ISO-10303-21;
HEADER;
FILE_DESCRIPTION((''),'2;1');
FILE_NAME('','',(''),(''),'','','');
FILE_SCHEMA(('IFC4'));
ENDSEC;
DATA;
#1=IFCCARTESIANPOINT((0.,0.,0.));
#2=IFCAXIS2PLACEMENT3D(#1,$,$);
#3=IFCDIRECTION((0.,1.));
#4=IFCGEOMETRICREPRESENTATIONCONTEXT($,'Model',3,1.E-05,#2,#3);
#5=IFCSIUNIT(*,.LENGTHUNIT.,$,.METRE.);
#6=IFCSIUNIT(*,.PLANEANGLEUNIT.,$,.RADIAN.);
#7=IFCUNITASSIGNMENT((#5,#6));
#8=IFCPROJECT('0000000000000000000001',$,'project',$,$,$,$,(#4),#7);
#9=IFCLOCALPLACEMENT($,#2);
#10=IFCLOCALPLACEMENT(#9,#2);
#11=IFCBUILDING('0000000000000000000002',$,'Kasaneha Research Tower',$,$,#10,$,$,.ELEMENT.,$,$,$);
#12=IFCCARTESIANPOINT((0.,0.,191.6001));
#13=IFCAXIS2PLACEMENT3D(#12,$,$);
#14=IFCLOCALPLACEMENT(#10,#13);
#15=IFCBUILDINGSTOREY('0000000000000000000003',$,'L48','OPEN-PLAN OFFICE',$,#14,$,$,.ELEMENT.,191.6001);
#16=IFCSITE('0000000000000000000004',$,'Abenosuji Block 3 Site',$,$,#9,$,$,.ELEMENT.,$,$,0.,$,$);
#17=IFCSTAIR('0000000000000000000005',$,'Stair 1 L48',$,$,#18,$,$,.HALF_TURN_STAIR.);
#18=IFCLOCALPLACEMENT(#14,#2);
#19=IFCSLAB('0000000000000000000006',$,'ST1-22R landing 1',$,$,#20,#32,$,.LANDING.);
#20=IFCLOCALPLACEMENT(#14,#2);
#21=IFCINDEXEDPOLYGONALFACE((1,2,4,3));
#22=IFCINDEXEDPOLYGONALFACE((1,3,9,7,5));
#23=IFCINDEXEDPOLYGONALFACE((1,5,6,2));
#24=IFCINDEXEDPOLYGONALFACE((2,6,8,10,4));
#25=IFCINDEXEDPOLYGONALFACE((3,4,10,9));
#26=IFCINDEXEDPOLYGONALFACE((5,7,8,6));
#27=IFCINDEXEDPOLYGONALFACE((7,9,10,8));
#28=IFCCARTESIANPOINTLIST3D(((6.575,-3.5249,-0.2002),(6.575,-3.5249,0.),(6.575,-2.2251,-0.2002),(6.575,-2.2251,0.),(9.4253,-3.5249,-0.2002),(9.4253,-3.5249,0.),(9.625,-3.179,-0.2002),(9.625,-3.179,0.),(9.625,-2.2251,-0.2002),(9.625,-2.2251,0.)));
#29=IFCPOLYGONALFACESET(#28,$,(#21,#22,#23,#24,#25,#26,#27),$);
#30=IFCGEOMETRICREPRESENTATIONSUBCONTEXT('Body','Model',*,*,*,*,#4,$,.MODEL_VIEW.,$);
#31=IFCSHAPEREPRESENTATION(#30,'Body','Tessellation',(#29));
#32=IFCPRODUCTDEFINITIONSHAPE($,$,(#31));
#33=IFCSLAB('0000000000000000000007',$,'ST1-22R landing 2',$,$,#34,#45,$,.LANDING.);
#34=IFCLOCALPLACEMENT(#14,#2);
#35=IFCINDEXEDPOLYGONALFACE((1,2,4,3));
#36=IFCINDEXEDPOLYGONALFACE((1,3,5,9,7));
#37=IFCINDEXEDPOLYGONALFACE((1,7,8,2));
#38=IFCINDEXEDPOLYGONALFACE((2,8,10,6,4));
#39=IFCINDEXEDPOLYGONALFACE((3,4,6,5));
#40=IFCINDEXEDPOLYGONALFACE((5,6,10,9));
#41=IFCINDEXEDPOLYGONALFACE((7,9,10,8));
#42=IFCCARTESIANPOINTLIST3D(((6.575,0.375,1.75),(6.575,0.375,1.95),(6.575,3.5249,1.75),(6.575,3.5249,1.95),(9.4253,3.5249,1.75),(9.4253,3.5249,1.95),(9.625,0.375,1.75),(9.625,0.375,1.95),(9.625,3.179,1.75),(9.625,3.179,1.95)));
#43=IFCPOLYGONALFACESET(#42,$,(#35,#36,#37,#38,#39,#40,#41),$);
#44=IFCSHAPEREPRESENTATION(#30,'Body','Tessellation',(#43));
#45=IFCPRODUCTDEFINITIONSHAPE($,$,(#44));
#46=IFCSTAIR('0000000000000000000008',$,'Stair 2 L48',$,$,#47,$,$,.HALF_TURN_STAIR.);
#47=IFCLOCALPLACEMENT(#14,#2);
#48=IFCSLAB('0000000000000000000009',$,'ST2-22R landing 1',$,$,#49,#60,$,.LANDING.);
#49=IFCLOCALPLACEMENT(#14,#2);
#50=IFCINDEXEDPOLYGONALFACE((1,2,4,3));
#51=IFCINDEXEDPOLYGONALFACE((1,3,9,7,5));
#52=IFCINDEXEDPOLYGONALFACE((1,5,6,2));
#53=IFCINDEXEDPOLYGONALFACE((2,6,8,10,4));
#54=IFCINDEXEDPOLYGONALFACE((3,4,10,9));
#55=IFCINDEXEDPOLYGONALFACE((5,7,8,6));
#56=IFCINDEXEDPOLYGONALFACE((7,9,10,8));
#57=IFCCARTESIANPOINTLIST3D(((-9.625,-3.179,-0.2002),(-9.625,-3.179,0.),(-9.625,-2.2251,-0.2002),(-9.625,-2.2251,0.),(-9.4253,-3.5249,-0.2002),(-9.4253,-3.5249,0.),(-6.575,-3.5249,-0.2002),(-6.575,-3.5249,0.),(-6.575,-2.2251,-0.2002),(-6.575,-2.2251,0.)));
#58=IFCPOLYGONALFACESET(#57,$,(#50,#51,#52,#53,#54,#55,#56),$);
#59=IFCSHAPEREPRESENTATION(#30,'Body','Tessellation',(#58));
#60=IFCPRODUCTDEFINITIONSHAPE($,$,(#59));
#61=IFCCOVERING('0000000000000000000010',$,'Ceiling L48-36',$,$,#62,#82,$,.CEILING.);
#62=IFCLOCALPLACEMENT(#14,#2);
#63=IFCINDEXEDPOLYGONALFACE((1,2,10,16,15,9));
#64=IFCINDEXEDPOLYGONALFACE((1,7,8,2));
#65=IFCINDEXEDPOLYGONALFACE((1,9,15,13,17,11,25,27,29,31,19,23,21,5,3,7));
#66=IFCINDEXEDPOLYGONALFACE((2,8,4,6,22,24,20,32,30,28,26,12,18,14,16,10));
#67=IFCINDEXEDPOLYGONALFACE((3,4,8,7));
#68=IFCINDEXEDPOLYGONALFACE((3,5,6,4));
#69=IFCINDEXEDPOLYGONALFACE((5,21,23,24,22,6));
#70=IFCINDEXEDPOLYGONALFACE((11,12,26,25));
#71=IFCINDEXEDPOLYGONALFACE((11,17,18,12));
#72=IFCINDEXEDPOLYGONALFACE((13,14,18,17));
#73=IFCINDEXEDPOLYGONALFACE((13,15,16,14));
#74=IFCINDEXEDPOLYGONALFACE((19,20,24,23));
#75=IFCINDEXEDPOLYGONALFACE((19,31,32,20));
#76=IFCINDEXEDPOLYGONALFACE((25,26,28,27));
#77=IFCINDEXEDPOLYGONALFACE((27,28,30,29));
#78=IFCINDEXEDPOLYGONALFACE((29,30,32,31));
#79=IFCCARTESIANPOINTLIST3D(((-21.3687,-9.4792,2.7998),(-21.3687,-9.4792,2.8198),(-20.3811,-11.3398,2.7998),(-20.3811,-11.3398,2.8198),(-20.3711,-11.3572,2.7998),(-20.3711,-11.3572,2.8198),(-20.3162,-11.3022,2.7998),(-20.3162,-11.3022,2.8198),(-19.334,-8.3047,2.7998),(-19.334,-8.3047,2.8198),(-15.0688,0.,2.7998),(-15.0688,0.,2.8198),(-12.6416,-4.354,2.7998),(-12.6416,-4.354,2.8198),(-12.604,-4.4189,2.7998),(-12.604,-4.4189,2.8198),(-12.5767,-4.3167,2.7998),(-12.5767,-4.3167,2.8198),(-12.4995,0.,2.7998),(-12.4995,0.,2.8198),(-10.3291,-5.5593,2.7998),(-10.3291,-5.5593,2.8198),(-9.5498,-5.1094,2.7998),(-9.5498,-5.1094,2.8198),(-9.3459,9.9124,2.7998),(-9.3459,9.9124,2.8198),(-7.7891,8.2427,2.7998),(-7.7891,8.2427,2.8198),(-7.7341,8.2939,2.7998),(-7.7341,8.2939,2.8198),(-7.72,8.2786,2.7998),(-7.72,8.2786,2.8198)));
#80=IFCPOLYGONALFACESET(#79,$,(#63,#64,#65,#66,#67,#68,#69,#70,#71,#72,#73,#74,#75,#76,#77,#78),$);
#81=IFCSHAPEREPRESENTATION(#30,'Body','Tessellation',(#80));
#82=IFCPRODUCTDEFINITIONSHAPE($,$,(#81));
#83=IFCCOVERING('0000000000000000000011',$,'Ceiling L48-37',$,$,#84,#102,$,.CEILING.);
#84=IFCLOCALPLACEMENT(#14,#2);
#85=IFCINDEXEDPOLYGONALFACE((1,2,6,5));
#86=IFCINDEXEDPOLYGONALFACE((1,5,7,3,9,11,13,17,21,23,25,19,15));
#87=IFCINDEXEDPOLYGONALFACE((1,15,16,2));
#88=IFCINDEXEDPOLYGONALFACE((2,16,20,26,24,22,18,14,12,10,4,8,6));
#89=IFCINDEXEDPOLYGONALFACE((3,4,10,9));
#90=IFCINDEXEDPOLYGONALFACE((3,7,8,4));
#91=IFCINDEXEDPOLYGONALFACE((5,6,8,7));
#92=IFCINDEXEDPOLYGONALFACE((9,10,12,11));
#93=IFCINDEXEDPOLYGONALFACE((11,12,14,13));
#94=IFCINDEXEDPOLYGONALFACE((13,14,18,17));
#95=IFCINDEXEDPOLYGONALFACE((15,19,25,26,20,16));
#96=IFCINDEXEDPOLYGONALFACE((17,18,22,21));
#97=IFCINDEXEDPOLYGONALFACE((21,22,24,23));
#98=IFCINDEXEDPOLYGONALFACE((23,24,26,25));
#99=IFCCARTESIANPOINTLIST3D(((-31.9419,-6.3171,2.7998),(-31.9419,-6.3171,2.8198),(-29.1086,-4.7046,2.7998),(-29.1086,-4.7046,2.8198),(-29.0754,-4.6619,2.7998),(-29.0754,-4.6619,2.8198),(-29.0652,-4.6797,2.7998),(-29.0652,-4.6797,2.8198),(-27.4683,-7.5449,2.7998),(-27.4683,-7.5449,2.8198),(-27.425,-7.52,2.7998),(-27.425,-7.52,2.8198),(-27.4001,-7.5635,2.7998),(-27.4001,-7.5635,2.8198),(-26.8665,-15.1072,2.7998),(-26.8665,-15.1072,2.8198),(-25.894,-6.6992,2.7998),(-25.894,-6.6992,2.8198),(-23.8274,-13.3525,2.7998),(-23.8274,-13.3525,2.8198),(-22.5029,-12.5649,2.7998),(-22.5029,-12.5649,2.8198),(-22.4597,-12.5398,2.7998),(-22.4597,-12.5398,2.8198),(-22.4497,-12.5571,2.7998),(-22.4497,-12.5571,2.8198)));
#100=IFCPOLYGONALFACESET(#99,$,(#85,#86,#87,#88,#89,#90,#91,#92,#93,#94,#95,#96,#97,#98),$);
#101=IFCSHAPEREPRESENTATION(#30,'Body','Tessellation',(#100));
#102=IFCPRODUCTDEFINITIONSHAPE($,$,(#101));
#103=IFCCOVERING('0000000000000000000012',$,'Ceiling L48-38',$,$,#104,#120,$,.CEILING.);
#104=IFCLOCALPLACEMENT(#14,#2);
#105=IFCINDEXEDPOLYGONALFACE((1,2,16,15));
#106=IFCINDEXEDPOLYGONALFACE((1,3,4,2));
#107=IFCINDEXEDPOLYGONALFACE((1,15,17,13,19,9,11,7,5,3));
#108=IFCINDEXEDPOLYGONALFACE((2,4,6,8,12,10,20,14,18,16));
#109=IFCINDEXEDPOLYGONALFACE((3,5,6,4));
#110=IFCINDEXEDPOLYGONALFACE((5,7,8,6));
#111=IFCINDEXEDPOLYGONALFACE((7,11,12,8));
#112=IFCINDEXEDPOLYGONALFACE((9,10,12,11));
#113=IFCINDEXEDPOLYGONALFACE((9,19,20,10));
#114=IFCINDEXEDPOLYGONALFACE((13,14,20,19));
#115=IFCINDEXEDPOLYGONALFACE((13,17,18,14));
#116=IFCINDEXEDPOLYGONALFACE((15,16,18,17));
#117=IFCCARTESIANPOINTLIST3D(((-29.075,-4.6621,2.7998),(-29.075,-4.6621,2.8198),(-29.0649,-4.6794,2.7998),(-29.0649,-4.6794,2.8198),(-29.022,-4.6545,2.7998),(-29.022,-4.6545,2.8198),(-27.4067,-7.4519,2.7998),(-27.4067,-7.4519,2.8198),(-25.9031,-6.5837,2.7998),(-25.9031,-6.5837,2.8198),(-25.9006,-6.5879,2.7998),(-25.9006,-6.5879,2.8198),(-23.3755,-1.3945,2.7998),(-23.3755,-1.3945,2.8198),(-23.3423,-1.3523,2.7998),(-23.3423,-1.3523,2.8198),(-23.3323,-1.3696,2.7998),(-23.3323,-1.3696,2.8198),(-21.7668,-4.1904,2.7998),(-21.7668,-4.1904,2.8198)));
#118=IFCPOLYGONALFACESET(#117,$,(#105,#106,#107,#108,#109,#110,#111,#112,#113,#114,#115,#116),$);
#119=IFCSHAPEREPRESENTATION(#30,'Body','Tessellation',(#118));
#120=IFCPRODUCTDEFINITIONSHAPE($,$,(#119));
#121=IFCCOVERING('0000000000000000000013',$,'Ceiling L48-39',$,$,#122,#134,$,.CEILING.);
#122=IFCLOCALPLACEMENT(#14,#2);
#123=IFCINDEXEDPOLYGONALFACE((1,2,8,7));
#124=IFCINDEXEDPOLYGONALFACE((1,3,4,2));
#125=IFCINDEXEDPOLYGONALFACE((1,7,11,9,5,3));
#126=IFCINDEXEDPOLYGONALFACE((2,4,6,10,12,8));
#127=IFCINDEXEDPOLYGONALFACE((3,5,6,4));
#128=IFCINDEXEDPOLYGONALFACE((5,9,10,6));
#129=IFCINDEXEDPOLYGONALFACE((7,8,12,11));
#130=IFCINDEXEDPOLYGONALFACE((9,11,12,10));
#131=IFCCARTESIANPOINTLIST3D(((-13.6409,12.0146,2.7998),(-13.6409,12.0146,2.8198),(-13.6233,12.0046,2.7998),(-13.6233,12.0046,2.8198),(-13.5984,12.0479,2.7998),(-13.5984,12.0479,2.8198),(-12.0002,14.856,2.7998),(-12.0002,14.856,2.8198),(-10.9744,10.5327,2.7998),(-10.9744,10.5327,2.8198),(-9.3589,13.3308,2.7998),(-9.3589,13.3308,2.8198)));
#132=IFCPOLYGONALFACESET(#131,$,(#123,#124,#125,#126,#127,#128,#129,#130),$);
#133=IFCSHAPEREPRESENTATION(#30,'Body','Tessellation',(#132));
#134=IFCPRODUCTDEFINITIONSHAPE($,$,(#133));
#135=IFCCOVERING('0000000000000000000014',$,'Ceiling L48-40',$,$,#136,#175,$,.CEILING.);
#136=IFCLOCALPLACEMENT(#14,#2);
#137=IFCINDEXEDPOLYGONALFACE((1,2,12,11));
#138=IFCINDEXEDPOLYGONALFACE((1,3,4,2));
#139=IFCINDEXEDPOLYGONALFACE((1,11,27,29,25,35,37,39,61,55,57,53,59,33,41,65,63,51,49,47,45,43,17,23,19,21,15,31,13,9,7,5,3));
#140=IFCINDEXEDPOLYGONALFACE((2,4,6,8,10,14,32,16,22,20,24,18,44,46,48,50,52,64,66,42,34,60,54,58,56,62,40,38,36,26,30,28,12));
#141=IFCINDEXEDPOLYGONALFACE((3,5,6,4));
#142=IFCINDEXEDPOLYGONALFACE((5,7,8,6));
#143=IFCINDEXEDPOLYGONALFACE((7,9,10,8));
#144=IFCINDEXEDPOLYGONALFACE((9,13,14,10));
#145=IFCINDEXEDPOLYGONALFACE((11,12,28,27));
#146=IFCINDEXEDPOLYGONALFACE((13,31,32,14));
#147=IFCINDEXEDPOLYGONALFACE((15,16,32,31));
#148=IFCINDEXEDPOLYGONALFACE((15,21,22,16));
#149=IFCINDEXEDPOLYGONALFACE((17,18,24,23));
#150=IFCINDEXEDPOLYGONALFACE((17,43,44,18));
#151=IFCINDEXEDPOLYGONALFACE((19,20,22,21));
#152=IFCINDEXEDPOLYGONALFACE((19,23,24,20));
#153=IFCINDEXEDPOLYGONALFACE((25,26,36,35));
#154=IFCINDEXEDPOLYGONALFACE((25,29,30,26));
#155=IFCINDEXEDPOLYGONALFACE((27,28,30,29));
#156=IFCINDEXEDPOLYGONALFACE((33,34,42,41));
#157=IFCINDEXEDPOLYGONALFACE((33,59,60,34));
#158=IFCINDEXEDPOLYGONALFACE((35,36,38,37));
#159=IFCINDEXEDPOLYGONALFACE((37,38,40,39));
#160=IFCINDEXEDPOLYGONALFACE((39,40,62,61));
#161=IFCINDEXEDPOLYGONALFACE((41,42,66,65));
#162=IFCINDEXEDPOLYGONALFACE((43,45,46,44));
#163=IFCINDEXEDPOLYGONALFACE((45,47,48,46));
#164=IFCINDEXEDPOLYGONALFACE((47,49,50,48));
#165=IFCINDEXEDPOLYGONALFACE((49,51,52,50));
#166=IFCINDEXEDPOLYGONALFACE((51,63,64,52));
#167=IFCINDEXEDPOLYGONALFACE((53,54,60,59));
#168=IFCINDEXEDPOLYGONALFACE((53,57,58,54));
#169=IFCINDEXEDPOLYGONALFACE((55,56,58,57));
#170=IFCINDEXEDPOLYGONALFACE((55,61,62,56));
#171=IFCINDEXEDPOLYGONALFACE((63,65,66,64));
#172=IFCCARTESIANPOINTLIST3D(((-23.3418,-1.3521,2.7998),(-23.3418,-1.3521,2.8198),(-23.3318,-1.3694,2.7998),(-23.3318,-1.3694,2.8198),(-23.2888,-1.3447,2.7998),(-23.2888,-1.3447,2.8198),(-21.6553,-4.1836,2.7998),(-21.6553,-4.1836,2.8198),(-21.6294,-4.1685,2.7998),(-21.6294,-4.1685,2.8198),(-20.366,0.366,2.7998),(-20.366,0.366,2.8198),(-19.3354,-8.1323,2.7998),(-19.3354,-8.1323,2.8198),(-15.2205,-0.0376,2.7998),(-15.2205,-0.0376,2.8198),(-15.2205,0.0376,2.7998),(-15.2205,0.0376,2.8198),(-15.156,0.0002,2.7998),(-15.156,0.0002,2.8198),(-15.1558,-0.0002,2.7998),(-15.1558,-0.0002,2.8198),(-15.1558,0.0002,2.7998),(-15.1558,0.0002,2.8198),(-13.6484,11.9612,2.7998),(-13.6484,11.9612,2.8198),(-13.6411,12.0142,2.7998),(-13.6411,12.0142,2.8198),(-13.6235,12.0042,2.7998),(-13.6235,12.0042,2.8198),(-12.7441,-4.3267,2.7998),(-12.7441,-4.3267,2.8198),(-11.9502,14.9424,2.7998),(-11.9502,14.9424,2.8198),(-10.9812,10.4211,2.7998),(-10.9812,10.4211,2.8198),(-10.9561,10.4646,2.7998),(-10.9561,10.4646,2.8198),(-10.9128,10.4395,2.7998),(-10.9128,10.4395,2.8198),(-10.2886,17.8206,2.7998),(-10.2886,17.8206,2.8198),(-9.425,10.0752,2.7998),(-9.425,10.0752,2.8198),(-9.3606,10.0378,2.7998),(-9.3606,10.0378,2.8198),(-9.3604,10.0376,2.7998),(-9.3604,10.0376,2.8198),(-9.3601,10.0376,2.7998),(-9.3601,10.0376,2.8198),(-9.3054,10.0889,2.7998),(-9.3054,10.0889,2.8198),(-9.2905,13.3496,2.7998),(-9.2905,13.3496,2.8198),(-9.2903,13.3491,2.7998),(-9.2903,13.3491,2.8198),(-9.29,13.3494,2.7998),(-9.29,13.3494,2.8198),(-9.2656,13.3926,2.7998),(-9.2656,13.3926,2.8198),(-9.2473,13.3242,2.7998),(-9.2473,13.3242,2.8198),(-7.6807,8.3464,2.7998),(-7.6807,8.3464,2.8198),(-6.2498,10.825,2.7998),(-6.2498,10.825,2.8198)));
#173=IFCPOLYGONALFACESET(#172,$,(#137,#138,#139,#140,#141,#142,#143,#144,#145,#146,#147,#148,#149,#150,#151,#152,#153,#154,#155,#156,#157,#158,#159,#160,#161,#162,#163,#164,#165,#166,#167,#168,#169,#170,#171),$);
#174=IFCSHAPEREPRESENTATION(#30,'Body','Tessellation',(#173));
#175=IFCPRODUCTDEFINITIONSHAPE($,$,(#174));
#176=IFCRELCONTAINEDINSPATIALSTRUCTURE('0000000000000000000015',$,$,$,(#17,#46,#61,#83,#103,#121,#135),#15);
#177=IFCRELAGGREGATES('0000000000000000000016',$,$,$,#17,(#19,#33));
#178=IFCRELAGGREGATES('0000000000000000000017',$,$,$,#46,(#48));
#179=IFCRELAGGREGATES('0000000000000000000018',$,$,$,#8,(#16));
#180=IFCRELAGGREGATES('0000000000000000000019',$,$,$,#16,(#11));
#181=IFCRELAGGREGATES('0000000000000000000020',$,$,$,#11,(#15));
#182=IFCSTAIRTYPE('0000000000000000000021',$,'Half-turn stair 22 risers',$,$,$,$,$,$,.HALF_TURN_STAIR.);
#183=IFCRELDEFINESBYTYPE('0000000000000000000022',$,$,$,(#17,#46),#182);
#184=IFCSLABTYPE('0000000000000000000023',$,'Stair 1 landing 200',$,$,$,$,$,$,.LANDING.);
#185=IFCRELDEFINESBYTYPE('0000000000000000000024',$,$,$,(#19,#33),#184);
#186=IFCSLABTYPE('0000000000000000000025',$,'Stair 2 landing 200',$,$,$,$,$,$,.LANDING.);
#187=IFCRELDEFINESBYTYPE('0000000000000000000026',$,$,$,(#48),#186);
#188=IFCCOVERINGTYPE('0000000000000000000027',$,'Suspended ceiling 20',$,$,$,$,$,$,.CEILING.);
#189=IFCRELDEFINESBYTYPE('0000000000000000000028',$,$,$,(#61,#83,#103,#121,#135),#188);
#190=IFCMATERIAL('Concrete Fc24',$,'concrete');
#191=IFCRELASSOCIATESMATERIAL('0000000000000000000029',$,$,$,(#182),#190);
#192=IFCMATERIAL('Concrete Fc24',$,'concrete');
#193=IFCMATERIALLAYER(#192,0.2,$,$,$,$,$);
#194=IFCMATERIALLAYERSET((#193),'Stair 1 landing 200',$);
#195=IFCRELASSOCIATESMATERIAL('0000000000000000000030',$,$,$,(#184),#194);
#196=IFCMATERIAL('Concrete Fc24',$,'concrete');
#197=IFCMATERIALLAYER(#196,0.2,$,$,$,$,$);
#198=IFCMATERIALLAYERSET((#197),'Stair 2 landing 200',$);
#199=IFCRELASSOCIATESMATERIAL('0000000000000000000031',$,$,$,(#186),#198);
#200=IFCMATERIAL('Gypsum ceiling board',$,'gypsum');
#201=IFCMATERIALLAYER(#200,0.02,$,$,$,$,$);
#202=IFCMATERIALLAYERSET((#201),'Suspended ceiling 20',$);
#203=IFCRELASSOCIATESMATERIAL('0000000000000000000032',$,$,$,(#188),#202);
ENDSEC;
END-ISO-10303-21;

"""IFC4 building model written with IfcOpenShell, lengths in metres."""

from ifc_helpers import new_model, si_unit, direction, frame, origin, place, context, subcontext, project, spatial, polyline, outline, extrude, material, layer, layer_set, type_object, element, aggregate, save


model = new_model("IFC4")

# Units and contexts
model_context = context("Model", 3, precision=1e-05, world=origin(), true_north=direction((0.0, 1.0)))
body_context = subcontext(model_context, "Body", "Model", "MODEL_VIEW")
ifc_project = project(units=[si_unit("LENGTHUNIT", "METRE"), si_unit("PLANEANGLEUNIT", "RADIAN")], contexts=[model_context])

# Site, building, storey
site_placement = place(None, origin())
site = spatial("IfcSite", under=ifc_project, at=site_placement, Name="Abenosuji Block 3 Site", CompositionType="ELEMENT", RefElevation=0.0)
building_placement = place(site_placement, origin())
building = spatial("IfcBuilding", under=site, at=building_placement, Name="Kasaneha Research Tower", CompositionType="ELEMENT")
storey_placement = place(building_placement, frame((0.0, 0.0, 191.6001)))
storey = spatial("IfcBuildingStorey", under=building, at=storey_placement, Name="L48", Description="OPEN-PLAN OFFICE", CompositionType="ELEMENT", Elevation=191.6001)

# Stair, slabs
ifc_material_1 = material(Name="Concrete Fc24", Category="concrete")
stair_type = type_object("IfcStairType", Name="Half-turn stair 22 risers", PredefinedType="HALF_TURN_STAIR", material=ifc_material_1)
stair_1_placement = place(storey_placement, origin())
stair_1 = element("IfcStair", 1, at=stair_1_placement, inside=storey, type_object=stair_type, Name="Stair 1 L48", PredefinedType="HALF_TURN_STAIR")
ifc_material_2 = material(Name="Concrete Fc24", Category="concrete")
ifc_layer_1 = layer(ifc_material_2, 0.2)
ifc_layer_set_1 = layer_set([ifc_layer_1], Name="Stair 1 landing 200")
slab_type_1 = type_object("IfcSlabType", Name="Stair 1 landing 200", PredefinedType="LANDING", material=ifc_layer_set_1)
slab_1_placement = place(storey_placement, frame((0.0, 0.0, -0.2002)))
slab_1 = element("IfcSlab", 2, at=slab_1_placement, type_object=slab_type_1, Name="ST1-22R landing 1", PredefinedType="LANDING", context=body_context, shape_type="SweptSolid", body=[
    extrude(outline(polyline([(9.4253, -3.5249), (6.575, -3.5249), (6.575, -2.2251), (9.625, -2.2251), (9.625, -3.179), (9.4253, -3.5249)])), origin(), (0.0, 0.0, 1.0), 0.2002),
])
slab_2_placement = place(storey_placement, frame((0.0, 0.0, 1.75)))
slab_2 = element("IfcSlab", 3, at=slab_2_placement, type_object=slab_type_1, Name="ST1-22R landing 2", PredefinedType="LANDING", context=body_context, shape_type="SweptSolid", body=[
    extrude(outline(polyline([(6.575, 3.5249), (9.4253, 3.5249), (9.625, 3.179), (9.625, 0.375), (6.575, 0.375), (6.575, 3.5249)])), origin(), (0.0, 0.0, 1.0), 0.2),
])
aggregate(stair_1, [slab_1, slab_2])

# Stair, slab
stair_2_placement = place(storey_placement, origin())
stair_2 = element("IfcStair", 4, at=stair_2_placement, inside=storey, type_object=stair_type, Name="Stair 2 L48", PredefinedType="HALF_TURN_STAIR")
ifc_material_3 = material(Name="Concrete Fc24", Category="concrete")
ifc_layer_2 = layer(ifc_material_3, 0.2)
ifc_layer_set_2 = layer_set([ifc_layer_2], Name="Stair 2 landing 200")
slab_type_2 = type_object("IfcSlabType", Name="Stair 2 landing 200", PredefinedType="LANDING", material=ifc_layer_set_2)
slab_3_placement = place(storey_placement, frame((0.0, 0.0, -0.2002)))
slab_3 = element("IfcSlab", 5, at=slab_3_placement, type_object=slab_type_2, Name="ST2-22R landing 1", PredefinedType="LANDING", context=body_context, shape_type="SweptSolid", body=[
    extrude(outline(polyline([(-6.575, -3.5249), (-9.4253, -3.5249), (-9.625, -3.179), (-9.625, -2.2251), (-6.575, -2.2251), (-6.575, -3.5249)])), origin(), (0.0, 0.0, 1.0), 0.2002),
])
aggregate(stair_2, [slab_3])

# Coverings
ifc_material_4 = material(Name="Gypsum ceiling board", Category="gypsum")
ifc_layer_3 = layer(ifc_material_4, 0.02)
ifc_layer_set_3 = layer_set([ifc_layer_3], Name="Suspended ceiling 20")
covering_type_1 = type_object("IfcCoveringType", Name="Suspended ceiling 20", PredefinedType="CEILING", material=ifc_layer_set_3)
covering_1_placement = place(storey_placement, frame((0.0, 0.0, 2.7998)))
element("IfcCovering", 6, at=covering_1_placement, inside=storey, type_object=covering_type_1, Name="Ceiling L48-36", PredefinedType="CEILING", context=body_context, shape_type="SweptSolid", body=[
    extrude(outline(polyline([(-9.5498, -5.1094), (-10.3291, -5.5593), (-10.3291, -5.5593), (-20.3711, -11.3572), (-20.3811, -11.3398), (-20.3162, -11.3022), (-21.3687, -9.4792), (-19.334, -8.3047), (-19.334, -8.3047), (-12.604, -4.4189), (-12.6416, -4.354), (-12.5767, -4.3167), (-15.0688, 0.0), (-9.3459, 9.9124), (-7.7891, 8.2427), (-7.7341, 8.2939), (-7.72, 8.2786), (-12.4995, 0.0), (-9.5498, -5.1094)])), origin(), (0.0, 0.0, 1.0), 0.02),
])
covering_2_placement = place(storey_placement, frame((0.0, 0.0, 2.7998)))
element("IfcCovering", 7, at=covering_2_placement, inside=storey, type_object=covering_type_1, Name="Ceiling L48-37", PredefinedType="CEILING", context=body_context, shape_type="SweptSolid", body=[
    extrude(outline(polyline([(-29.0754, -4.6619), (-29.0652, -4.6797), (-29.1086, -4.7046), (-27.4683, -7.5449), (-27.425, -7.52), (-27.4001, -7.5635), (-25.894, -6.6992), (-22.5029, -12.5649), (-22.4597, -12.5398), (-22.4497, -12.5571), (-23.8274, -13.3525), (-26.8665, -15.1072), (-31.9419, -6.3171), (-29.0754, -4.6619)])), origin(), (0.0, 0.0, 1.0), 0.02),
])
covering_3_placement = place(storey_placement, frame((0.0, 0.0, 2.7998)))
element("IfcCovering", 8, at=covering_3_placement, inside=storey, type_object=covering_type_1, Name="Ceiling L48-38", PredefinedType="CEILING", context=body_context, shape_type="SweptSolid", body=[
    extrude(outline(polyline([(-23.3423, -1.3523), (-23.3323, -1.3696), (-23.3755, -1.3945), (-21.7668, -4.1904), (-25.9031, -6.5837), (-25.9006, -6.5879), (-27.4067, -7.4519), (-29.022, -4.6545), (-29.0649, -4.6794), (-29.075, -4.6621), (-23.3423, -1.3523)])), origin(), (0.0, 0.0, 1.0), 0.02),
])
covering_4_placement = place(storey_placement, frame((0.0, 0.0, 2.7998)))
element("IfcCovering", 9, at=covering_4_placement, inside=storey, type_object=covering_type_1, Name="Ceiling L48-39", PredefinedType="CEILING", context=body_context, shape_type="SweptSolid", body=[
    extrude(outline(polyline([(-12.0002, 14.856), (-9.3589, 13.3308), (-10.9744, 10.5327), (-13.5984, 12.0479), (-13.6233, 12.0046), (-13.6409, 12.0146), (-12.0002, 14.856)])), origin(), (0.0, 0.0, 1.0), 0.02),
])
covering_5_placement = place(storey_placement, frame((0.0, 0.0, 2.7998)))
element("IfcCovering", 10, at=covering_5_placement, inside=storey, type_object=covering_type_1, Name="Ceiling L48-40", PredefinedType="CEILING", context=body_context, shape_type="SweptSolid", body=[
    extrude(outline(polyline([(-9.3606, 10.0378), (-9.3606, 10.0378), (-9.425, 10.0752), (-15.2205, 0.0376), (-15.1558, 0.0002), (-15.156, 0.0002), (-15.1558, -0.0002), (-15.2205, -0.0376), (-12.7441, -4.3267), (-19.3354, -8.1323), (-21.6294, -4.1685), (-21.6553, -4.1836), (-23.2888, -1.3447), (-23.3318, -1.3694), (-23.3418, -1.3521), (-20.366, 0.366), (-13.6411, 12.0142), (-13.6235, 12.0042), (-13.6484, 11.9612), (-10.9812, 10.4211), (-10.9561, 10.4646), (-10.9128, 10.4395), (-9.2473, 13.3242), (-9.2903, 13.3491), (-9.29, 13.3494), (-9.2905, 13.3496), (-9.2656, 13.3926), (-11.9502, 14.9424), (-10.2886, 17.8206), (-6.2498, 10.825), (-7.6807, 8.3464), (-9.3054, 10.0889), (-9.3601, 10.0376), (-9.3604, 10.0376), (-9.3606, 10.0378)])), origin(), (0.0, 0.0, 1.0), 0.02),
])

save(model, "model.ifc")
